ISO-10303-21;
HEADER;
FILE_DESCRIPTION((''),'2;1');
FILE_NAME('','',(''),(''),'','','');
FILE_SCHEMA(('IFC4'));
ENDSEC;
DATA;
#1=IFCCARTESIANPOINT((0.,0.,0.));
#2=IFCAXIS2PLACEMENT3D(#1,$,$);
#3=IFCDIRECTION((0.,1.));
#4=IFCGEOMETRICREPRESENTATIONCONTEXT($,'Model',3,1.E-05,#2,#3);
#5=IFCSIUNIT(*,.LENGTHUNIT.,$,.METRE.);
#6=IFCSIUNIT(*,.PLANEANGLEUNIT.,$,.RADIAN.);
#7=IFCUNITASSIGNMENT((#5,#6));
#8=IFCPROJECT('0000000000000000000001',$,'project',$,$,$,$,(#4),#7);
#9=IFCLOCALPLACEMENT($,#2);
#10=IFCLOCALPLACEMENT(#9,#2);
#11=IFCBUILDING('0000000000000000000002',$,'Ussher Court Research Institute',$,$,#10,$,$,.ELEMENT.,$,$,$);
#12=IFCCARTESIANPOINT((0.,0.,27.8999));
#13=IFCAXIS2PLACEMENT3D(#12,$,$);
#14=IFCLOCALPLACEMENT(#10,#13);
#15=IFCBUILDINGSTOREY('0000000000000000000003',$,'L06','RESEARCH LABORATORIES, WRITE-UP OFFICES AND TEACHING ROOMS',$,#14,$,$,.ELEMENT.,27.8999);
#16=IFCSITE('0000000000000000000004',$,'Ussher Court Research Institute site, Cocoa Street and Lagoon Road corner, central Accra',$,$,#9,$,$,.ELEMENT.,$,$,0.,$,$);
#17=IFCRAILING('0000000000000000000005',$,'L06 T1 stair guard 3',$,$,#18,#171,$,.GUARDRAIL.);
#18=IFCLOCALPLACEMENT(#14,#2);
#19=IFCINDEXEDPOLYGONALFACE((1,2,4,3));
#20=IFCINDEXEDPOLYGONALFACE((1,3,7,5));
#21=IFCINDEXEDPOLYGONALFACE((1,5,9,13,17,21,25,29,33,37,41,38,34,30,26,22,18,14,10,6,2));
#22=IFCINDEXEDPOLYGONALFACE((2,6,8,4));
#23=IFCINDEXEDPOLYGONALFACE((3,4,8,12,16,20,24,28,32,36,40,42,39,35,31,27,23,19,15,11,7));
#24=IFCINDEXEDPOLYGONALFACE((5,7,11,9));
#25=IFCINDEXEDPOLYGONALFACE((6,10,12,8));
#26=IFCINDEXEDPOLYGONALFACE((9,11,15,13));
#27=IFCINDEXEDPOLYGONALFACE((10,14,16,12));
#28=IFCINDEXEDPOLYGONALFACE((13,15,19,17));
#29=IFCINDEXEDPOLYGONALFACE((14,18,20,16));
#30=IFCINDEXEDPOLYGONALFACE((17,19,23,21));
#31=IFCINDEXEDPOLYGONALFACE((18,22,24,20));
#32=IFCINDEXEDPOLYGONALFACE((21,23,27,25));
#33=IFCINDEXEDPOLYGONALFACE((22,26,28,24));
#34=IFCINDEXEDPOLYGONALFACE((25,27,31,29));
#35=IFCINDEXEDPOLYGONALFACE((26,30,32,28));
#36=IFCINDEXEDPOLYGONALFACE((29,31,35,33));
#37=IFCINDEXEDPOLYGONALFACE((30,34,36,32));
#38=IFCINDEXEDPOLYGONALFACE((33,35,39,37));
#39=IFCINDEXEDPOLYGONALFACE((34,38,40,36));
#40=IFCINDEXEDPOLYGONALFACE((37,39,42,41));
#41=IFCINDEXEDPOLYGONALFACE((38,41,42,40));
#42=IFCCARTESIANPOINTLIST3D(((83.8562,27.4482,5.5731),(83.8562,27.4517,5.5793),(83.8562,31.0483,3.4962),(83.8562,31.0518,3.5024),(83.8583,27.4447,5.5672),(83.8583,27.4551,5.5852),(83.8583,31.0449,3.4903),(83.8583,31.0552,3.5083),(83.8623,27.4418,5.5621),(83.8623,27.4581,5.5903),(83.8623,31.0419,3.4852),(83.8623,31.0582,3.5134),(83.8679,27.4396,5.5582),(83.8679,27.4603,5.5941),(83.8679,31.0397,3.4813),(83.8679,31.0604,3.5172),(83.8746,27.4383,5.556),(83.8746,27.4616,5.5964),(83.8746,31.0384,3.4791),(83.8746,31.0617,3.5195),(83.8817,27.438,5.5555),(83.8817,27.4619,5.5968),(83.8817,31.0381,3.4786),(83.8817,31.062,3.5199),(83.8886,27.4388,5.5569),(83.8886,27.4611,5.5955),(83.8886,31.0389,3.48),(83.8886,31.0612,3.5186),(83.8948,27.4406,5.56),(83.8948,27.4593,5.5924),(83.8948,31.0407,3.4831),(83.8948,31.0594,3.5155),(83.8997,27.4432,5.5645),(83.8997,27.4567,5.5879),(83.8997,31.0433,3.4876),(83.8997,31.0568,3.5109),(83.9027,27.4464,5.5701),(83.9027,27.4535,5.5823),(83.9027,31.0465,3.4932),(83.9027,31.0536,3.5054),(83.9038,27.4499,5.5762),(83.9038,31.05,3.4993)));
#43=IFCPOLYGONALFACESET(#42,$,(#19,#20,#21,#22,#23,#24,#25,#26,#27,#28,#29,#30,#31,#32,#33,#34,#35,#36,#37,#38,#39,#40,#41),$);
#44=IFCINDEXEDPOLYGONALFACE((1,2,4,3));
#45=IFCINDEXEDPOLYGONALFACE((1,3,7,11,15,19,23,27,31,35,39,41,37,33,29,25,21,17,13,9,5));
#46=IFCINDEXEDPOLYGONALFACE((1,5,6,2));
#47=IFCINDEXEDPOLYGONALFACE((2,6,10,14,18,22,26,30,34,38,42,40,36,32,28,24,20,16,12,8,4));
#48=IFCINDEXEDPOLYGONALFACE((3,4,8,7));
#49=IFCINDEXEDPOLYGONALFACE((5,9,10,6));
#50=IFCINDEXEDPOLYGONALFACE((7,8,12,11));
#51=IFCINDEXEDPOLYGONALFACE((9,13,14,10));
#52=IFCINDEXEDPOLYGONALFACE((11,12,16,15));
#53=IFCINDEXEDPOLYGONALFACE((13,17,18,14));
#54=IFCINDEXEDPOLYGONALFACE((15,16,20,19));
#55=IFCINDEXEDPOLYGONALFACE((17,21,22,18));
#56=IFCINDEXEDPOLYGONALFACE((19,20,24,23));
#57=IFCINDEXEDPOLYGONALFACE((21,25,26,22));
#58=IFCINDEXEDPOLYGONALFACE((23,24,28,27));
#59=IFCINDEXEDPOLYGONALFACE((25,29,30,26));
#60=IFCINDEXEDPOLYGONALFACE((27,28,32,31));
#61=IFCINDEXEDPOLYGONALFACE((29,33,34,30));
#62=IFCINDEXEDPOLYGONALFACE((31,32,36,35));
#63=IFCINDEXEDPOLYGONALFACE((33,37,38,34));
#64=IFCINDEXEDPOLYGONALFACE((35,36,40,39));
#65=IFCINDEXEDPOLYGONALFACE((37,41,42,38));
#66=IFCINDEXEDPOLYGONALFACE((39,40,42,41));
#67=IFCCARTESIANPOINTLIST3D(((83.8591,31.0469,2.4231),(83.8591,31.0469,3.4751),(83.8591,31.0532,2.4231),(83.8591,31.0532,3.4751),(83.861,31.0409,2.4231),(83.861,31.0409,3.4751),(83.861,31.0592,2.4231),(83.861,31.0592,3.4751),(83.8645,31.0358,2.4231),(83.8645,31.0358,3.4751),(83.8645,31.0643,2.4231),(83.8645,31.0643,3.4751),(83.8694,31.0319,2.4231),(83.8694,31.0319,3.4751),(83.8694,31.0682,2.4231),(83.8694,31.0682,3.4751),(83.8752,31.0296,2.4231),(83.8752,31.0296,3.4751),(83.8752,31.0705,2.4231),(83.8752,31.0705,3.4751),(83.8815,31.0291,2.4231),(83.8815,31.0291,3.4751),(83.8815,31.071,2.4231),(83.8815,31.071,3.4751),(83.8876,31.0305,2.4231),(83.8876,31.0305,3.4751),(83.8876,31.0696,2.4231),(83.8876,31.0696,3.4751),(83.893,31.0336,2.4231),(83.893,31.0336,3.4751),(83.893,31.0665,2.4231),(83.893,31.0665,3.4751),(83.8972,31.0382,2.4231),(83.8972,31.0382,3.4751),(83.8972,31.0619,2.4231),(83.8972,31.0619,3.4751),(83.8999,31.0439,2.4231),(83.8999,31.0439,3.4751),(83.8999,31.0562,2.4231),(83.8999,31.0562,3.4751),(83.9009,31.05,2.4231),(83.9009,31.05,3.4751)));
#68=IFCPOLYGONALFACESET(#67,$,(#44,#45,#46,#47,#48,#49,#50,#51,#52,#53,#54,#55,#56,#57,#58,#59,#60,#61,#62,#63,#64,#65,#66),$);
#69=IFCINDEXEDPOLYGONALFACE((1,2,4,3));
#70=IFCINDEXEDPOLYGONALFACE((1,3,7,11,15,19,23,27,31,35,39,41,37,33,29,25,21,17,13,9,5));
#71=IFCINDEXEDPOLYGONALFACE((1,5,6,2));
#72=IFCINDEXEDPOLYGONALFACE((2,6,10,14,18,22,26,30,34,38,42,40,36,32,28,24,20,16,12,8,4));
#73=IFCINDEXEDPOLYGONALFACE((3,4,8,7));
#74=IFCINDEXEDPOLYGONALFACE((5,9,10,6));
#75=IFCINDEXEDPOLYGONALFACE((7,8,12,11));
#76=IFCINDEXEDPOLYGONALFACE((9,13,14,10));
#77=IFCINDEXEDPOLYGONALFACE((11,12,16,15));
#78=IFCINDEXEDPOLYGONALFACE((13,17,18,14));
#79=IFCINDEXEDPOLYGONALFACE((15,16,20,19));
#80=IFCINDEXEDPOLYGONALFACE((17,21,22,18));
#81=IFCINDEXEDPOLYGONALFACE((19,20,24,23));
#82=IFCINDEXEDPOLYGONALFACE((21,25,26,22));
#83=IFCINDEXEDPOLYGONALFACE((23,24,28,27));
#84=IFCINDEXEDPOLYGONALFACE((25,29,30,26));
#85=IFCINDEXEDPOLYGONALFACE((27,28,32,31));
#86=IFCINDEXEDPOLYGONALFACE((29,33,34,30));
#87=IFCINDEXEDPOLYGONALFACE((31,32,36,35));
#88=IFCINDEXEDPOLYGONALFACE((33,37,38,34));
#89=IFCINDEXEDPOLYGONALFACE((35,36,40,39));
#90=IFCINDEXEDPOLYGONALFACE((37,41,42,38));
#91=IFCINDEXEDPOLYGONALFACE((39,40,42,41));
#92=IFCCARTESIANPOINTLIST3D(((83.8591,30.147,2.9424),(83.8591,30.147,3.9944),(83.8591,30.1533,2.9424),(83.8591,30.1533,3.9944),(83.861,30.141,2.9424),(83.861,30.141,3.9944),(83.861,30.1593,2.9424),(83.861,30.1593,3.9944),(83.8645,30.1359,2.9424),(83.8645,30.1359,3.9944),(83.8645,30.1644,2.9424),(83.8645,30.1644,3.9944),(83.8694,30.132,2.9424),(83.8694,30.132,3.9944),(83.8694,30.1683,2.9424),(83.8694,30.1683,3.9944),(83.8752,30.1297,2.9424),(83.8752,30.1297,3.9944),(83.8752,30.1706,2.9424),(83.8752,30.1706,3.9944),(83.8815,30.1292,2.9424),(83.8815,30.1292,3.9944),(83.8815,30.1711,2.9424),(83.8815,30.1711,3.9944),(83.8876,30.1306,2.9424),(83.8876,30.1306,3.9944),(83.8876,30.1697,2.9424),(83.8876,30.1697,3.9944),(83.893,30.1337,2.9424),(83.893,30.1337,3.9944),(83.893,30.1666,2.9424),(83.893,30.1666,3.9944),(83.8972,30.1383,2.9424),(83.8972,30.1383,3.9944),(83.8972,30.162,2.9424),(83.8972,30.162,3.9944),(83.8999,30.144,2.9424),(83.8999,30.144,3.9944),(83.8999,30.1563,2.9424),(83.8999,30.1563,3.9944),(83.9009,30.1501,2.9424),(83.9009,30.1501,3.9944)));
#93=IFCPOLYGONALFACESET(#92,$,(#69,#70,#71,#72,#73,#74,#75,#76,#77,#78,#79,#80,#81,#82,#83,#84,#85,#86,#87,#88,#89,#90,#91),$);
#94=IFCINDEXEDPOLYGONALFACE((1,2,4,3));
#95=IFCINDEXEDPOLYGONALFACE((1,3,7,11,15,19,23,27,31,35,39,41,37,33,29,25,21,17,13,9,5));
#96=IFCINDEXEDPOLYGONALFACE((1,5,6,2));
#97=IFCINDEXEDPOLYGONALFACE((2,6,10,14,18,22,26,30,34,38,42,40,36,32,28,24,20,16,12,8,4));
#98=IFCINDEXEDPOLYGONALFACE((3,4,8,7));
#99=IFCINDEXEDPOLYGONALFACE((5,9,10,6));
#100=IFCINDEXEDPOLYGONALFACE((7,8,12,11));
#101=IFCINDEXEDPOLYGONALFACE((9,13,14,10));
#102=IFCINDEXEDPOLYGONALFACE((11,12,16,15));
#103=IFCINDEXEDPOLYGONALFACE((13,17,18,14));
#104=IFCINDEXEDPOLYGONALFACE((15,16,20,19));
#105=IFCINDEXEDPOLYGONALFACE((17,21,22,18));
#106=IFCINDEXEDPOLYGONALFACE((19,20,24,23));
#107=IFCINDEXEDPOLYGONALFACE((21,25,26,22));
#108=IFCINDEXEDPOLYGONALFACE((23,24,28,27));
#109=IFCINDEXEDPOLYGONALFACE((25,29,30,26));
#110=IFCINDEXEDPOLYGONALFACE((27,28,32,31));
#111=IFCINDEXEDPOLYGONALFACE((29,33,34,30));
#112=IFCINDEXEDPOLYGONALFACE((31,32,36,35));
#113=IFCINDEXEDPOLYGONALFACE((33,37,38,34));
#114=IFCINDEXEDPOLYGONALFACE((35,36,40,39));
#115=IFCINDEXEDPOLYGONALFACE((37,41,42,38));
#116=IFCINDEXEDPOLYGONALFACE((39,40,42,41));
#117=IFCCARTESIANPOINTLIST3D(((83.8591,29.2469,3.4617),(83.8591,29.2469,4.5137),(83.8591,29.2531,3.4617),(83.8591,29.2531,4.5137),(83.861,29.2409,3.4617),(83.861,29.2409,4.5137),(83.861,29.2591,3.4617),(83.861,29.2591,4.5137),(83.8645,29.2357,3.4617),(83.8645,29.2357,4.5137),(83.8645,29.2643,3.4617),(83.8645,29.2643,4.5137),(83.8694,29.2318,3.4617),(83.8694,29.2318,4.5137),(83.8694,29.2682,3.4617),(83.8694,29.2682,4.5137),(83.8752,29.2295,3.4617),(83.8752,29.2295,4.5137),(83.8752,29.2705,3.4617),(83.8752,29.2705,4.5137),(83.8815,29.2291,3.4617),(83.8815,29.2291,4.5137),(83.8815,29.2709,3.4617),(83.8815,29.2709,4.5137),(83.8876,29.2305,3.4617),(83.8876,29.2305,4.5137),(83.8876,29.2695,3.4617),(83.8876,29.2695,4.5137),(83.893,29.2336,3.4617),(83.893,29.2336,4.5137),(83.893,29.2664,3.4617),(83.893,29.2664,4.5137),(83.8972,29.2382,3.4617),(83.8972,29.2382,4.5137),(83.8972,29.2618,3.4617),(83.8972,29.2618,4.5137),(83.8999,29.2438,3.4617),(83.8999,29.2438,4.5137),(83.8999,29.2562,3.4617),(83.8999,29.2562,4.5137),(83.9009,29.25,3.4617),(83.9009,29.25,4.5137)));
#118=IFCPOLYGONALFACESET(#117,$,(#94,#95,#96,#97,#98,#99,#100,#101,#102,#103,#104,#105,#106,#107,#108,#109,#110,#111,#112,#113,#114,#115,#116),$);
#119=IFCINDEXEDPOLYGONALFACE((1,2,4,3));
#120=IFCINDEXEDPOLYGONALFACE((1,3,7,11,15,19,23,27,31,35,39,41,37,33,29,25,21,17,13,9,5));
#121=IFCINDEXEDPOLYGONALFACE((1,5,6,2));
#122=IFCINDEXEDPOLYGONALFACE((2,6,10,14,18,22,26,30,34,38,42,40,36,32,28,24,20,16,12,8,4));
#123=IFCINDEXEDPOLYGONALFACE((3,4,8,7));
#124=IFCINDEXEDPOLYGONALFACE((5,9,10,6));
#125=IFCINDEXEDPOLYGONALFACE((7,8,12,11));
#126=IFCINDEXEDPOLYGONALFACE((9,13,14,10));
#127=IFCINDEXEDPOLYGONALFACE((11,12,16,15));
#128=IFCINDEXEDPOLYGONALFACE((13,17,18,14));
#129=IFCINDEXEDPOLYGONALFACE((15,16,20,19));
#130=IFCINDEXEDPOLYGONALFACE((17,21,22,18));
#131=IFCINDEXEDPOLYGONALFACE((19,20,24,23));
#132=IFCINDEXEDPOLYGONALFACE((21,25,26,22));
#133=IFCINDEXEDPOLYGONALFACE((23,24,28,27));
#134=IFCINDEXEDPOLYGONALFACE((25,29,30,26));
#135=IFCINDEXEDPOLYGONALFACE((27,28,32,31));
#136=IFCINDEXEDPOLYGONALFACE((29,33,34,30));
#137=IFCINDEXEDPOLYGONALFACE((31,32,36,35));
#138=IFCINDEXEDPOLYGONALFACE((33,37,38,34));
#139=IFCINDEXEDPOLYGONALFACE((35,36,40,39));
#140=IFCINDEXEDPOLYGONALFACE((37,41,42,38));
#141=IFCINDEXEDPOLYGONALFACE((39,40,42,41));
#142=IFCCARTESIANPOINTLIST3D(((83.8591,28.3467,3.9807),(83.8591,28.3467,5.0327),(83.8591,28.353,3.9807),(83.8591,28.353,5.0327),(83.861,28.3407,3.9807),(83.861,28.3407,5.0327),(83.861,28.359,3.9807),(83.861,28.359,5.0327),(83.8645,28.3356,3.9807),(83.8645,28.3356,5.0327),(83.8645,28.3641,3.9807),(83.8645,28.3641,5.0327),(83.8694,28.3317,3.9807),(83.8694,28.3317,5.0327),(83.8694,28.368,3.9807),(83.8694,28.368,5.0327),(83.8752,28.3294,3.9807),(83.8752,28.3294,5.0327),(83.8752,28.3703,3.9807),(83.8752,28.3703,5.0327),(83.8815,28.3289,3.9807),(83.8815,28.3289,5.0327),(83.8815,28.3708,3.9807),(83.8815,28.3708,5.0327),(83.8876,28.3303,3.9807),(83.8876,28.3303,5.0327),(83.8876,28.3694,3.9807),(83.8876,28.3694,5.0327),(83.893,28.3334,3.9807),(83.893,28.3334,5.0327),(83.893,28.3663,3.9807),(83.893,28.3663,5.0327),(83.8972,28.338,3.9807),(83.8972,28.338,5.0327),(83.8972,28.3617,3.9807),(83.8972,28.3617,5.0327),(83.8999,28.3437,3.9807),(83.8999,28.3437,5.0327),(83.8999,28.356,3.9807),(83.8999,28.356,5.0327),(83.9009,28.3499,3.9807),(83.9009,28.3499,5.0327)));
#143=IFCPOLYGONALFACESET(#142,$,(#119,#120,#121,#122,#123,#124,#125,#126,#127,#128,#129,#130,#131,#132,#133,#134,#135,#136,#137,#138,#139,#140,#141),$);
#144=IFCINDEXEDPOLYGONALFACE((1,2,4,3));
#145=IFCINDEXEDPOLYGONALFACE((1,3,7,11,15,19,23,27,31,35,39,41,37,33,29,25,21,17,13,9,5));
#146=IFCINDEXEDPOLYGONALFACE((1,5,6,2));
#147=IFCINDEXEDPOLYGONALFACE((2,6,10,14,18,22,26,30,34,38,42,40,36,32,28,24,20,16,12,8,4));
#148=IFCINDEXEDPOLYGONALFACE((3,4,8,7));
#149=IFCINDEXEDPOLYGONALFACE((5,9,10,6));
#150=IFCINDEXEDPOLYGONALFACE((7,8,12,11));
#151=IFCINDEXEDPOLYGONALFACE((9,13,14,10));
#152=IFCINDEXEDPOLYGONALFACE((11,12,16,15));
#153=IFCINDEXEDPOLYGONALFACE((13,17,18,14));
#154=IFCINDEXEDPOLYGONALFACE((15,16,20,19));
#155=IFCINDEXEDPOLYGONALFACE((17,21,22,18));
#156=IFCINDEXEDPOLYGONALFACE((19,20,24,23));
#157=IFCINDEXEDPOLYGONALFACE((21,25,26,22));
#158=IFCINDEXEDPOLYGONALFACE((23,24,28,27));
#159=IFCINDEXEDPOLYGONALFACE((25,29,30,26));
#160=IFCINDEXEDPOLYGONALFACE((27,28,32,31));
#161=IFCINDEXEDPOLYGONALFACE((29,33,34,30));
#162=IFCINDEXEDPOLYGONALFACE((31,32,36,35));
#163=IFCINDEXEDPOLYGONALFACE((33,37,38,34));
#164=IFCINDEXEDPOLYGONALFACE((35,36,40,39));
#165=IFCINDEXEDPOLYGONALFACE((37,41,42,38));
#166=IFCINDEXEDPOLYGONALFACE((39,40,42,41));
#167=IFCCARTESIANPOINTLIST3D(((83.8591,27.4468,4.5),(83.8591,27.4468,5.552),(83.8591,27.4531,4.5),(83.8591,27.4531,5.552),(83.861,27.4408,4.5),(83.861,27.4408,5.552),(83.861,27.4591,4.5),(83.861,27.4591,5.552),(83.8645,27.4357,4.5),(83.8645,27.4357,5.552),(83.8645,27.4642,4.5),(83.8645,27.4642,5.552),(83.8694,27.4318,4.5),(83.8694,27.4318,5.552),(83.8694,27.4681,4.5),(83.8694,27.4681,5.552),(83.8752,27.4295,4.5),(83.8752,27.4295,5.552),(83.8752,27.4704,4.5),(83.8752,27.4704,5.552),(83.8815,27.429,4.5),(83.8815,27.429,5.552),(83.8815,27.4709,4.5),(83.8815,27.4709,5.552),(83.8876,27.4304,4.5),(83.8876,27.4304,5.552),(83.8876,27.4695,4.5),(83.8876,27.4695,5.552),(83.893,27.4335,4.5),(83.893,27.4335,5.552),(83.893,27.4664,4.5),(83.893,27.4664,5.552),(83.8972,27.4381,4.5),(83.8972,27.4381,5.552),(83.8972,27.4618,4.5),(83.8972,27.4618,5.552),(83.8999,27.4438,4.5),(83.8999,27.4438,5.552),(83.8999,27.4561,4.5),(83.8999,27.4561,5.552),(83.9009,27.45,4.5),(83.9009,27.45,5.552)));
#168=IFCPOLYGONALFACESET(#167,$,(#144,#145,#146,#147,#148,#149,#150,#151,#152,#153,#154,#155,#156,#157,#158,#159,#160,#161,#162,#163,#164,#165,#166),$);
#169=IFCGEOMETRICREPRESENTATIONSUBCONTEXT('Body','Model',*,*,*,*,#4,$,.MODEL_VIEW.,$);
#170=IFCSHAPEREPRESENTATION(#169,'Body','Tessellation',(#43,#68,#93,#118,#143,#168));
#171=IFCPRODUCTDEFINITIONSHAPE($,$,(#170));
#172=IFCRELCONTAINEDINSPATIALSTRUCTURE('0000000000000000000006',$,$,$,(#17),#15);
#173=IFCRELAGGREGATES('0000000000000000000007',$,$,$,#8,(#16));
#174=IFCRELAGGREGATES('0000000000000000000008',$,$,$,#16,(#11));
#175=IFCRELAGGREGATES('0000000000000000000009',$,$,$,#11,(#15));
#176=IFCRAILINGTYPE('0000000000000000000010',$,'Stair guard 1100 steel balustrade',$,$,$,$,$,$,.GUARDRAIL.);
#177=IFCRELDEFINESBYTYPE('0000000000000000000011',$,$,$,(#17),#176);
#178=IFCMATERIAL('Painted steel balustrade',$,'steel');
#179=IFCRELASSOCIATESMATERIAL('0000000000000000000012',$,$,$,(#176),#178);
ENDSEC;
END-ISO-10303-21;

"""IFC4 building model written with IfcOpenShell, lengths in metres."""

from ifc_helpers import new_model, si_unit, direction, frame, origin, origin_2d, place, context, subcontext, project, spatial, circle, extrude, material, type_object, element, save


model = new_model("IFC4")

# Units and contexts
model_context = context("Model", 3, precision=1e-05, world=origin(), true_north=direction((0.0, 1.0)))
body_context = subcontext(model_context, "Body", "Model", "MODEL_VIEW")
ifc_project = project(units=[si_unit("LENGTHUNIT", "METRE"), si_unit("PLANEANGLEUNIT", "RADIAN")], contexts=[model_context])

# Site, building, storey
site_placement = place(None, origin())
site = spatial("IfcSite", under=ifc_project, at=site_placement, Name="Ussher Court Research Institute site, Cocoa Street and Lagoon Road corner, central Accra", CompositionType="ELEMENT", RefElevation=0.0)
building_placement = place(site_placement, origin())
building = spatial("IfcBuilding", under=site, at=building_placement, Name="Ussher Court Research Institute", CompositionType="ELEMENT")
storey_placement = place(building_placement, frame((0.0, 0.0, 27.8999)))
storey = spatial("IfcBuildingStorey", under=building, at=storey_placement, Name="L06", Description="RESEARCH LABORATORIES, WRITE-UP OFFICES AND TEACHING ROOMS", CompositionType="ELEMENT", Elevation=27.8999)

# Railing
ifc_material_1 = material(Name="Painted steel balustrade", Category="steel")
railing_type_1 = type_object("IfcRailingType", Name="Stair guard 1100 steel balustrade", PredefinedType="GUARDRAIL", material=ifc_material_1)
railing_1_placement = place(storey_placement, frame((83.8799, 31.05, 2.4231)))
element("IfcRailing", 1, at=railing_1_placement, inside=storey, type_object=railing_type_1, Name="L06 T1 stair guard 3", PredefinedType="GUARDRAIL", context=body_context, shape_type="SweptSolid", body=[
    extrude(circle(Radius=0.0239, at=origin_2d()), frame((0.0, 0.0, 1.0762), z_axis=(0.0, -0.866193, 0.499709), x_axis=(1.0, 0.0, 0.0)), (0.0, 0.0, 1.0), 4.1562),
    extrude(circle(Radius=0.021, at=origin_2d()), origin(), (0.0, 0.0, 1.0), 1.052),
    extrude(circle(Radius=0.021, at=origin_2d()), frame((0.0, -0.8999, 0.5193)), (0.0, 0.0, 1.0), 1.052),
    extrude(circle(Radius=0.021, at=origin_2d()), frame((0.0, -1.8, 1.0386)), (0.0, 0.0, 1.0), 1.052),
    extrude(circle(Radius=0.021, at=origin_2d()), frame((0.0, -2.7002, 1.5576)), (0.0, 0.0, 1.0), 1.052),
    extrude(circle(Radius=0.021, at=origin_2d()), frame((0.0, -3.6001, 2.0769)), (0.0, 0.0, 1.0), 1.052),
])

save(model, "model.ifc")
